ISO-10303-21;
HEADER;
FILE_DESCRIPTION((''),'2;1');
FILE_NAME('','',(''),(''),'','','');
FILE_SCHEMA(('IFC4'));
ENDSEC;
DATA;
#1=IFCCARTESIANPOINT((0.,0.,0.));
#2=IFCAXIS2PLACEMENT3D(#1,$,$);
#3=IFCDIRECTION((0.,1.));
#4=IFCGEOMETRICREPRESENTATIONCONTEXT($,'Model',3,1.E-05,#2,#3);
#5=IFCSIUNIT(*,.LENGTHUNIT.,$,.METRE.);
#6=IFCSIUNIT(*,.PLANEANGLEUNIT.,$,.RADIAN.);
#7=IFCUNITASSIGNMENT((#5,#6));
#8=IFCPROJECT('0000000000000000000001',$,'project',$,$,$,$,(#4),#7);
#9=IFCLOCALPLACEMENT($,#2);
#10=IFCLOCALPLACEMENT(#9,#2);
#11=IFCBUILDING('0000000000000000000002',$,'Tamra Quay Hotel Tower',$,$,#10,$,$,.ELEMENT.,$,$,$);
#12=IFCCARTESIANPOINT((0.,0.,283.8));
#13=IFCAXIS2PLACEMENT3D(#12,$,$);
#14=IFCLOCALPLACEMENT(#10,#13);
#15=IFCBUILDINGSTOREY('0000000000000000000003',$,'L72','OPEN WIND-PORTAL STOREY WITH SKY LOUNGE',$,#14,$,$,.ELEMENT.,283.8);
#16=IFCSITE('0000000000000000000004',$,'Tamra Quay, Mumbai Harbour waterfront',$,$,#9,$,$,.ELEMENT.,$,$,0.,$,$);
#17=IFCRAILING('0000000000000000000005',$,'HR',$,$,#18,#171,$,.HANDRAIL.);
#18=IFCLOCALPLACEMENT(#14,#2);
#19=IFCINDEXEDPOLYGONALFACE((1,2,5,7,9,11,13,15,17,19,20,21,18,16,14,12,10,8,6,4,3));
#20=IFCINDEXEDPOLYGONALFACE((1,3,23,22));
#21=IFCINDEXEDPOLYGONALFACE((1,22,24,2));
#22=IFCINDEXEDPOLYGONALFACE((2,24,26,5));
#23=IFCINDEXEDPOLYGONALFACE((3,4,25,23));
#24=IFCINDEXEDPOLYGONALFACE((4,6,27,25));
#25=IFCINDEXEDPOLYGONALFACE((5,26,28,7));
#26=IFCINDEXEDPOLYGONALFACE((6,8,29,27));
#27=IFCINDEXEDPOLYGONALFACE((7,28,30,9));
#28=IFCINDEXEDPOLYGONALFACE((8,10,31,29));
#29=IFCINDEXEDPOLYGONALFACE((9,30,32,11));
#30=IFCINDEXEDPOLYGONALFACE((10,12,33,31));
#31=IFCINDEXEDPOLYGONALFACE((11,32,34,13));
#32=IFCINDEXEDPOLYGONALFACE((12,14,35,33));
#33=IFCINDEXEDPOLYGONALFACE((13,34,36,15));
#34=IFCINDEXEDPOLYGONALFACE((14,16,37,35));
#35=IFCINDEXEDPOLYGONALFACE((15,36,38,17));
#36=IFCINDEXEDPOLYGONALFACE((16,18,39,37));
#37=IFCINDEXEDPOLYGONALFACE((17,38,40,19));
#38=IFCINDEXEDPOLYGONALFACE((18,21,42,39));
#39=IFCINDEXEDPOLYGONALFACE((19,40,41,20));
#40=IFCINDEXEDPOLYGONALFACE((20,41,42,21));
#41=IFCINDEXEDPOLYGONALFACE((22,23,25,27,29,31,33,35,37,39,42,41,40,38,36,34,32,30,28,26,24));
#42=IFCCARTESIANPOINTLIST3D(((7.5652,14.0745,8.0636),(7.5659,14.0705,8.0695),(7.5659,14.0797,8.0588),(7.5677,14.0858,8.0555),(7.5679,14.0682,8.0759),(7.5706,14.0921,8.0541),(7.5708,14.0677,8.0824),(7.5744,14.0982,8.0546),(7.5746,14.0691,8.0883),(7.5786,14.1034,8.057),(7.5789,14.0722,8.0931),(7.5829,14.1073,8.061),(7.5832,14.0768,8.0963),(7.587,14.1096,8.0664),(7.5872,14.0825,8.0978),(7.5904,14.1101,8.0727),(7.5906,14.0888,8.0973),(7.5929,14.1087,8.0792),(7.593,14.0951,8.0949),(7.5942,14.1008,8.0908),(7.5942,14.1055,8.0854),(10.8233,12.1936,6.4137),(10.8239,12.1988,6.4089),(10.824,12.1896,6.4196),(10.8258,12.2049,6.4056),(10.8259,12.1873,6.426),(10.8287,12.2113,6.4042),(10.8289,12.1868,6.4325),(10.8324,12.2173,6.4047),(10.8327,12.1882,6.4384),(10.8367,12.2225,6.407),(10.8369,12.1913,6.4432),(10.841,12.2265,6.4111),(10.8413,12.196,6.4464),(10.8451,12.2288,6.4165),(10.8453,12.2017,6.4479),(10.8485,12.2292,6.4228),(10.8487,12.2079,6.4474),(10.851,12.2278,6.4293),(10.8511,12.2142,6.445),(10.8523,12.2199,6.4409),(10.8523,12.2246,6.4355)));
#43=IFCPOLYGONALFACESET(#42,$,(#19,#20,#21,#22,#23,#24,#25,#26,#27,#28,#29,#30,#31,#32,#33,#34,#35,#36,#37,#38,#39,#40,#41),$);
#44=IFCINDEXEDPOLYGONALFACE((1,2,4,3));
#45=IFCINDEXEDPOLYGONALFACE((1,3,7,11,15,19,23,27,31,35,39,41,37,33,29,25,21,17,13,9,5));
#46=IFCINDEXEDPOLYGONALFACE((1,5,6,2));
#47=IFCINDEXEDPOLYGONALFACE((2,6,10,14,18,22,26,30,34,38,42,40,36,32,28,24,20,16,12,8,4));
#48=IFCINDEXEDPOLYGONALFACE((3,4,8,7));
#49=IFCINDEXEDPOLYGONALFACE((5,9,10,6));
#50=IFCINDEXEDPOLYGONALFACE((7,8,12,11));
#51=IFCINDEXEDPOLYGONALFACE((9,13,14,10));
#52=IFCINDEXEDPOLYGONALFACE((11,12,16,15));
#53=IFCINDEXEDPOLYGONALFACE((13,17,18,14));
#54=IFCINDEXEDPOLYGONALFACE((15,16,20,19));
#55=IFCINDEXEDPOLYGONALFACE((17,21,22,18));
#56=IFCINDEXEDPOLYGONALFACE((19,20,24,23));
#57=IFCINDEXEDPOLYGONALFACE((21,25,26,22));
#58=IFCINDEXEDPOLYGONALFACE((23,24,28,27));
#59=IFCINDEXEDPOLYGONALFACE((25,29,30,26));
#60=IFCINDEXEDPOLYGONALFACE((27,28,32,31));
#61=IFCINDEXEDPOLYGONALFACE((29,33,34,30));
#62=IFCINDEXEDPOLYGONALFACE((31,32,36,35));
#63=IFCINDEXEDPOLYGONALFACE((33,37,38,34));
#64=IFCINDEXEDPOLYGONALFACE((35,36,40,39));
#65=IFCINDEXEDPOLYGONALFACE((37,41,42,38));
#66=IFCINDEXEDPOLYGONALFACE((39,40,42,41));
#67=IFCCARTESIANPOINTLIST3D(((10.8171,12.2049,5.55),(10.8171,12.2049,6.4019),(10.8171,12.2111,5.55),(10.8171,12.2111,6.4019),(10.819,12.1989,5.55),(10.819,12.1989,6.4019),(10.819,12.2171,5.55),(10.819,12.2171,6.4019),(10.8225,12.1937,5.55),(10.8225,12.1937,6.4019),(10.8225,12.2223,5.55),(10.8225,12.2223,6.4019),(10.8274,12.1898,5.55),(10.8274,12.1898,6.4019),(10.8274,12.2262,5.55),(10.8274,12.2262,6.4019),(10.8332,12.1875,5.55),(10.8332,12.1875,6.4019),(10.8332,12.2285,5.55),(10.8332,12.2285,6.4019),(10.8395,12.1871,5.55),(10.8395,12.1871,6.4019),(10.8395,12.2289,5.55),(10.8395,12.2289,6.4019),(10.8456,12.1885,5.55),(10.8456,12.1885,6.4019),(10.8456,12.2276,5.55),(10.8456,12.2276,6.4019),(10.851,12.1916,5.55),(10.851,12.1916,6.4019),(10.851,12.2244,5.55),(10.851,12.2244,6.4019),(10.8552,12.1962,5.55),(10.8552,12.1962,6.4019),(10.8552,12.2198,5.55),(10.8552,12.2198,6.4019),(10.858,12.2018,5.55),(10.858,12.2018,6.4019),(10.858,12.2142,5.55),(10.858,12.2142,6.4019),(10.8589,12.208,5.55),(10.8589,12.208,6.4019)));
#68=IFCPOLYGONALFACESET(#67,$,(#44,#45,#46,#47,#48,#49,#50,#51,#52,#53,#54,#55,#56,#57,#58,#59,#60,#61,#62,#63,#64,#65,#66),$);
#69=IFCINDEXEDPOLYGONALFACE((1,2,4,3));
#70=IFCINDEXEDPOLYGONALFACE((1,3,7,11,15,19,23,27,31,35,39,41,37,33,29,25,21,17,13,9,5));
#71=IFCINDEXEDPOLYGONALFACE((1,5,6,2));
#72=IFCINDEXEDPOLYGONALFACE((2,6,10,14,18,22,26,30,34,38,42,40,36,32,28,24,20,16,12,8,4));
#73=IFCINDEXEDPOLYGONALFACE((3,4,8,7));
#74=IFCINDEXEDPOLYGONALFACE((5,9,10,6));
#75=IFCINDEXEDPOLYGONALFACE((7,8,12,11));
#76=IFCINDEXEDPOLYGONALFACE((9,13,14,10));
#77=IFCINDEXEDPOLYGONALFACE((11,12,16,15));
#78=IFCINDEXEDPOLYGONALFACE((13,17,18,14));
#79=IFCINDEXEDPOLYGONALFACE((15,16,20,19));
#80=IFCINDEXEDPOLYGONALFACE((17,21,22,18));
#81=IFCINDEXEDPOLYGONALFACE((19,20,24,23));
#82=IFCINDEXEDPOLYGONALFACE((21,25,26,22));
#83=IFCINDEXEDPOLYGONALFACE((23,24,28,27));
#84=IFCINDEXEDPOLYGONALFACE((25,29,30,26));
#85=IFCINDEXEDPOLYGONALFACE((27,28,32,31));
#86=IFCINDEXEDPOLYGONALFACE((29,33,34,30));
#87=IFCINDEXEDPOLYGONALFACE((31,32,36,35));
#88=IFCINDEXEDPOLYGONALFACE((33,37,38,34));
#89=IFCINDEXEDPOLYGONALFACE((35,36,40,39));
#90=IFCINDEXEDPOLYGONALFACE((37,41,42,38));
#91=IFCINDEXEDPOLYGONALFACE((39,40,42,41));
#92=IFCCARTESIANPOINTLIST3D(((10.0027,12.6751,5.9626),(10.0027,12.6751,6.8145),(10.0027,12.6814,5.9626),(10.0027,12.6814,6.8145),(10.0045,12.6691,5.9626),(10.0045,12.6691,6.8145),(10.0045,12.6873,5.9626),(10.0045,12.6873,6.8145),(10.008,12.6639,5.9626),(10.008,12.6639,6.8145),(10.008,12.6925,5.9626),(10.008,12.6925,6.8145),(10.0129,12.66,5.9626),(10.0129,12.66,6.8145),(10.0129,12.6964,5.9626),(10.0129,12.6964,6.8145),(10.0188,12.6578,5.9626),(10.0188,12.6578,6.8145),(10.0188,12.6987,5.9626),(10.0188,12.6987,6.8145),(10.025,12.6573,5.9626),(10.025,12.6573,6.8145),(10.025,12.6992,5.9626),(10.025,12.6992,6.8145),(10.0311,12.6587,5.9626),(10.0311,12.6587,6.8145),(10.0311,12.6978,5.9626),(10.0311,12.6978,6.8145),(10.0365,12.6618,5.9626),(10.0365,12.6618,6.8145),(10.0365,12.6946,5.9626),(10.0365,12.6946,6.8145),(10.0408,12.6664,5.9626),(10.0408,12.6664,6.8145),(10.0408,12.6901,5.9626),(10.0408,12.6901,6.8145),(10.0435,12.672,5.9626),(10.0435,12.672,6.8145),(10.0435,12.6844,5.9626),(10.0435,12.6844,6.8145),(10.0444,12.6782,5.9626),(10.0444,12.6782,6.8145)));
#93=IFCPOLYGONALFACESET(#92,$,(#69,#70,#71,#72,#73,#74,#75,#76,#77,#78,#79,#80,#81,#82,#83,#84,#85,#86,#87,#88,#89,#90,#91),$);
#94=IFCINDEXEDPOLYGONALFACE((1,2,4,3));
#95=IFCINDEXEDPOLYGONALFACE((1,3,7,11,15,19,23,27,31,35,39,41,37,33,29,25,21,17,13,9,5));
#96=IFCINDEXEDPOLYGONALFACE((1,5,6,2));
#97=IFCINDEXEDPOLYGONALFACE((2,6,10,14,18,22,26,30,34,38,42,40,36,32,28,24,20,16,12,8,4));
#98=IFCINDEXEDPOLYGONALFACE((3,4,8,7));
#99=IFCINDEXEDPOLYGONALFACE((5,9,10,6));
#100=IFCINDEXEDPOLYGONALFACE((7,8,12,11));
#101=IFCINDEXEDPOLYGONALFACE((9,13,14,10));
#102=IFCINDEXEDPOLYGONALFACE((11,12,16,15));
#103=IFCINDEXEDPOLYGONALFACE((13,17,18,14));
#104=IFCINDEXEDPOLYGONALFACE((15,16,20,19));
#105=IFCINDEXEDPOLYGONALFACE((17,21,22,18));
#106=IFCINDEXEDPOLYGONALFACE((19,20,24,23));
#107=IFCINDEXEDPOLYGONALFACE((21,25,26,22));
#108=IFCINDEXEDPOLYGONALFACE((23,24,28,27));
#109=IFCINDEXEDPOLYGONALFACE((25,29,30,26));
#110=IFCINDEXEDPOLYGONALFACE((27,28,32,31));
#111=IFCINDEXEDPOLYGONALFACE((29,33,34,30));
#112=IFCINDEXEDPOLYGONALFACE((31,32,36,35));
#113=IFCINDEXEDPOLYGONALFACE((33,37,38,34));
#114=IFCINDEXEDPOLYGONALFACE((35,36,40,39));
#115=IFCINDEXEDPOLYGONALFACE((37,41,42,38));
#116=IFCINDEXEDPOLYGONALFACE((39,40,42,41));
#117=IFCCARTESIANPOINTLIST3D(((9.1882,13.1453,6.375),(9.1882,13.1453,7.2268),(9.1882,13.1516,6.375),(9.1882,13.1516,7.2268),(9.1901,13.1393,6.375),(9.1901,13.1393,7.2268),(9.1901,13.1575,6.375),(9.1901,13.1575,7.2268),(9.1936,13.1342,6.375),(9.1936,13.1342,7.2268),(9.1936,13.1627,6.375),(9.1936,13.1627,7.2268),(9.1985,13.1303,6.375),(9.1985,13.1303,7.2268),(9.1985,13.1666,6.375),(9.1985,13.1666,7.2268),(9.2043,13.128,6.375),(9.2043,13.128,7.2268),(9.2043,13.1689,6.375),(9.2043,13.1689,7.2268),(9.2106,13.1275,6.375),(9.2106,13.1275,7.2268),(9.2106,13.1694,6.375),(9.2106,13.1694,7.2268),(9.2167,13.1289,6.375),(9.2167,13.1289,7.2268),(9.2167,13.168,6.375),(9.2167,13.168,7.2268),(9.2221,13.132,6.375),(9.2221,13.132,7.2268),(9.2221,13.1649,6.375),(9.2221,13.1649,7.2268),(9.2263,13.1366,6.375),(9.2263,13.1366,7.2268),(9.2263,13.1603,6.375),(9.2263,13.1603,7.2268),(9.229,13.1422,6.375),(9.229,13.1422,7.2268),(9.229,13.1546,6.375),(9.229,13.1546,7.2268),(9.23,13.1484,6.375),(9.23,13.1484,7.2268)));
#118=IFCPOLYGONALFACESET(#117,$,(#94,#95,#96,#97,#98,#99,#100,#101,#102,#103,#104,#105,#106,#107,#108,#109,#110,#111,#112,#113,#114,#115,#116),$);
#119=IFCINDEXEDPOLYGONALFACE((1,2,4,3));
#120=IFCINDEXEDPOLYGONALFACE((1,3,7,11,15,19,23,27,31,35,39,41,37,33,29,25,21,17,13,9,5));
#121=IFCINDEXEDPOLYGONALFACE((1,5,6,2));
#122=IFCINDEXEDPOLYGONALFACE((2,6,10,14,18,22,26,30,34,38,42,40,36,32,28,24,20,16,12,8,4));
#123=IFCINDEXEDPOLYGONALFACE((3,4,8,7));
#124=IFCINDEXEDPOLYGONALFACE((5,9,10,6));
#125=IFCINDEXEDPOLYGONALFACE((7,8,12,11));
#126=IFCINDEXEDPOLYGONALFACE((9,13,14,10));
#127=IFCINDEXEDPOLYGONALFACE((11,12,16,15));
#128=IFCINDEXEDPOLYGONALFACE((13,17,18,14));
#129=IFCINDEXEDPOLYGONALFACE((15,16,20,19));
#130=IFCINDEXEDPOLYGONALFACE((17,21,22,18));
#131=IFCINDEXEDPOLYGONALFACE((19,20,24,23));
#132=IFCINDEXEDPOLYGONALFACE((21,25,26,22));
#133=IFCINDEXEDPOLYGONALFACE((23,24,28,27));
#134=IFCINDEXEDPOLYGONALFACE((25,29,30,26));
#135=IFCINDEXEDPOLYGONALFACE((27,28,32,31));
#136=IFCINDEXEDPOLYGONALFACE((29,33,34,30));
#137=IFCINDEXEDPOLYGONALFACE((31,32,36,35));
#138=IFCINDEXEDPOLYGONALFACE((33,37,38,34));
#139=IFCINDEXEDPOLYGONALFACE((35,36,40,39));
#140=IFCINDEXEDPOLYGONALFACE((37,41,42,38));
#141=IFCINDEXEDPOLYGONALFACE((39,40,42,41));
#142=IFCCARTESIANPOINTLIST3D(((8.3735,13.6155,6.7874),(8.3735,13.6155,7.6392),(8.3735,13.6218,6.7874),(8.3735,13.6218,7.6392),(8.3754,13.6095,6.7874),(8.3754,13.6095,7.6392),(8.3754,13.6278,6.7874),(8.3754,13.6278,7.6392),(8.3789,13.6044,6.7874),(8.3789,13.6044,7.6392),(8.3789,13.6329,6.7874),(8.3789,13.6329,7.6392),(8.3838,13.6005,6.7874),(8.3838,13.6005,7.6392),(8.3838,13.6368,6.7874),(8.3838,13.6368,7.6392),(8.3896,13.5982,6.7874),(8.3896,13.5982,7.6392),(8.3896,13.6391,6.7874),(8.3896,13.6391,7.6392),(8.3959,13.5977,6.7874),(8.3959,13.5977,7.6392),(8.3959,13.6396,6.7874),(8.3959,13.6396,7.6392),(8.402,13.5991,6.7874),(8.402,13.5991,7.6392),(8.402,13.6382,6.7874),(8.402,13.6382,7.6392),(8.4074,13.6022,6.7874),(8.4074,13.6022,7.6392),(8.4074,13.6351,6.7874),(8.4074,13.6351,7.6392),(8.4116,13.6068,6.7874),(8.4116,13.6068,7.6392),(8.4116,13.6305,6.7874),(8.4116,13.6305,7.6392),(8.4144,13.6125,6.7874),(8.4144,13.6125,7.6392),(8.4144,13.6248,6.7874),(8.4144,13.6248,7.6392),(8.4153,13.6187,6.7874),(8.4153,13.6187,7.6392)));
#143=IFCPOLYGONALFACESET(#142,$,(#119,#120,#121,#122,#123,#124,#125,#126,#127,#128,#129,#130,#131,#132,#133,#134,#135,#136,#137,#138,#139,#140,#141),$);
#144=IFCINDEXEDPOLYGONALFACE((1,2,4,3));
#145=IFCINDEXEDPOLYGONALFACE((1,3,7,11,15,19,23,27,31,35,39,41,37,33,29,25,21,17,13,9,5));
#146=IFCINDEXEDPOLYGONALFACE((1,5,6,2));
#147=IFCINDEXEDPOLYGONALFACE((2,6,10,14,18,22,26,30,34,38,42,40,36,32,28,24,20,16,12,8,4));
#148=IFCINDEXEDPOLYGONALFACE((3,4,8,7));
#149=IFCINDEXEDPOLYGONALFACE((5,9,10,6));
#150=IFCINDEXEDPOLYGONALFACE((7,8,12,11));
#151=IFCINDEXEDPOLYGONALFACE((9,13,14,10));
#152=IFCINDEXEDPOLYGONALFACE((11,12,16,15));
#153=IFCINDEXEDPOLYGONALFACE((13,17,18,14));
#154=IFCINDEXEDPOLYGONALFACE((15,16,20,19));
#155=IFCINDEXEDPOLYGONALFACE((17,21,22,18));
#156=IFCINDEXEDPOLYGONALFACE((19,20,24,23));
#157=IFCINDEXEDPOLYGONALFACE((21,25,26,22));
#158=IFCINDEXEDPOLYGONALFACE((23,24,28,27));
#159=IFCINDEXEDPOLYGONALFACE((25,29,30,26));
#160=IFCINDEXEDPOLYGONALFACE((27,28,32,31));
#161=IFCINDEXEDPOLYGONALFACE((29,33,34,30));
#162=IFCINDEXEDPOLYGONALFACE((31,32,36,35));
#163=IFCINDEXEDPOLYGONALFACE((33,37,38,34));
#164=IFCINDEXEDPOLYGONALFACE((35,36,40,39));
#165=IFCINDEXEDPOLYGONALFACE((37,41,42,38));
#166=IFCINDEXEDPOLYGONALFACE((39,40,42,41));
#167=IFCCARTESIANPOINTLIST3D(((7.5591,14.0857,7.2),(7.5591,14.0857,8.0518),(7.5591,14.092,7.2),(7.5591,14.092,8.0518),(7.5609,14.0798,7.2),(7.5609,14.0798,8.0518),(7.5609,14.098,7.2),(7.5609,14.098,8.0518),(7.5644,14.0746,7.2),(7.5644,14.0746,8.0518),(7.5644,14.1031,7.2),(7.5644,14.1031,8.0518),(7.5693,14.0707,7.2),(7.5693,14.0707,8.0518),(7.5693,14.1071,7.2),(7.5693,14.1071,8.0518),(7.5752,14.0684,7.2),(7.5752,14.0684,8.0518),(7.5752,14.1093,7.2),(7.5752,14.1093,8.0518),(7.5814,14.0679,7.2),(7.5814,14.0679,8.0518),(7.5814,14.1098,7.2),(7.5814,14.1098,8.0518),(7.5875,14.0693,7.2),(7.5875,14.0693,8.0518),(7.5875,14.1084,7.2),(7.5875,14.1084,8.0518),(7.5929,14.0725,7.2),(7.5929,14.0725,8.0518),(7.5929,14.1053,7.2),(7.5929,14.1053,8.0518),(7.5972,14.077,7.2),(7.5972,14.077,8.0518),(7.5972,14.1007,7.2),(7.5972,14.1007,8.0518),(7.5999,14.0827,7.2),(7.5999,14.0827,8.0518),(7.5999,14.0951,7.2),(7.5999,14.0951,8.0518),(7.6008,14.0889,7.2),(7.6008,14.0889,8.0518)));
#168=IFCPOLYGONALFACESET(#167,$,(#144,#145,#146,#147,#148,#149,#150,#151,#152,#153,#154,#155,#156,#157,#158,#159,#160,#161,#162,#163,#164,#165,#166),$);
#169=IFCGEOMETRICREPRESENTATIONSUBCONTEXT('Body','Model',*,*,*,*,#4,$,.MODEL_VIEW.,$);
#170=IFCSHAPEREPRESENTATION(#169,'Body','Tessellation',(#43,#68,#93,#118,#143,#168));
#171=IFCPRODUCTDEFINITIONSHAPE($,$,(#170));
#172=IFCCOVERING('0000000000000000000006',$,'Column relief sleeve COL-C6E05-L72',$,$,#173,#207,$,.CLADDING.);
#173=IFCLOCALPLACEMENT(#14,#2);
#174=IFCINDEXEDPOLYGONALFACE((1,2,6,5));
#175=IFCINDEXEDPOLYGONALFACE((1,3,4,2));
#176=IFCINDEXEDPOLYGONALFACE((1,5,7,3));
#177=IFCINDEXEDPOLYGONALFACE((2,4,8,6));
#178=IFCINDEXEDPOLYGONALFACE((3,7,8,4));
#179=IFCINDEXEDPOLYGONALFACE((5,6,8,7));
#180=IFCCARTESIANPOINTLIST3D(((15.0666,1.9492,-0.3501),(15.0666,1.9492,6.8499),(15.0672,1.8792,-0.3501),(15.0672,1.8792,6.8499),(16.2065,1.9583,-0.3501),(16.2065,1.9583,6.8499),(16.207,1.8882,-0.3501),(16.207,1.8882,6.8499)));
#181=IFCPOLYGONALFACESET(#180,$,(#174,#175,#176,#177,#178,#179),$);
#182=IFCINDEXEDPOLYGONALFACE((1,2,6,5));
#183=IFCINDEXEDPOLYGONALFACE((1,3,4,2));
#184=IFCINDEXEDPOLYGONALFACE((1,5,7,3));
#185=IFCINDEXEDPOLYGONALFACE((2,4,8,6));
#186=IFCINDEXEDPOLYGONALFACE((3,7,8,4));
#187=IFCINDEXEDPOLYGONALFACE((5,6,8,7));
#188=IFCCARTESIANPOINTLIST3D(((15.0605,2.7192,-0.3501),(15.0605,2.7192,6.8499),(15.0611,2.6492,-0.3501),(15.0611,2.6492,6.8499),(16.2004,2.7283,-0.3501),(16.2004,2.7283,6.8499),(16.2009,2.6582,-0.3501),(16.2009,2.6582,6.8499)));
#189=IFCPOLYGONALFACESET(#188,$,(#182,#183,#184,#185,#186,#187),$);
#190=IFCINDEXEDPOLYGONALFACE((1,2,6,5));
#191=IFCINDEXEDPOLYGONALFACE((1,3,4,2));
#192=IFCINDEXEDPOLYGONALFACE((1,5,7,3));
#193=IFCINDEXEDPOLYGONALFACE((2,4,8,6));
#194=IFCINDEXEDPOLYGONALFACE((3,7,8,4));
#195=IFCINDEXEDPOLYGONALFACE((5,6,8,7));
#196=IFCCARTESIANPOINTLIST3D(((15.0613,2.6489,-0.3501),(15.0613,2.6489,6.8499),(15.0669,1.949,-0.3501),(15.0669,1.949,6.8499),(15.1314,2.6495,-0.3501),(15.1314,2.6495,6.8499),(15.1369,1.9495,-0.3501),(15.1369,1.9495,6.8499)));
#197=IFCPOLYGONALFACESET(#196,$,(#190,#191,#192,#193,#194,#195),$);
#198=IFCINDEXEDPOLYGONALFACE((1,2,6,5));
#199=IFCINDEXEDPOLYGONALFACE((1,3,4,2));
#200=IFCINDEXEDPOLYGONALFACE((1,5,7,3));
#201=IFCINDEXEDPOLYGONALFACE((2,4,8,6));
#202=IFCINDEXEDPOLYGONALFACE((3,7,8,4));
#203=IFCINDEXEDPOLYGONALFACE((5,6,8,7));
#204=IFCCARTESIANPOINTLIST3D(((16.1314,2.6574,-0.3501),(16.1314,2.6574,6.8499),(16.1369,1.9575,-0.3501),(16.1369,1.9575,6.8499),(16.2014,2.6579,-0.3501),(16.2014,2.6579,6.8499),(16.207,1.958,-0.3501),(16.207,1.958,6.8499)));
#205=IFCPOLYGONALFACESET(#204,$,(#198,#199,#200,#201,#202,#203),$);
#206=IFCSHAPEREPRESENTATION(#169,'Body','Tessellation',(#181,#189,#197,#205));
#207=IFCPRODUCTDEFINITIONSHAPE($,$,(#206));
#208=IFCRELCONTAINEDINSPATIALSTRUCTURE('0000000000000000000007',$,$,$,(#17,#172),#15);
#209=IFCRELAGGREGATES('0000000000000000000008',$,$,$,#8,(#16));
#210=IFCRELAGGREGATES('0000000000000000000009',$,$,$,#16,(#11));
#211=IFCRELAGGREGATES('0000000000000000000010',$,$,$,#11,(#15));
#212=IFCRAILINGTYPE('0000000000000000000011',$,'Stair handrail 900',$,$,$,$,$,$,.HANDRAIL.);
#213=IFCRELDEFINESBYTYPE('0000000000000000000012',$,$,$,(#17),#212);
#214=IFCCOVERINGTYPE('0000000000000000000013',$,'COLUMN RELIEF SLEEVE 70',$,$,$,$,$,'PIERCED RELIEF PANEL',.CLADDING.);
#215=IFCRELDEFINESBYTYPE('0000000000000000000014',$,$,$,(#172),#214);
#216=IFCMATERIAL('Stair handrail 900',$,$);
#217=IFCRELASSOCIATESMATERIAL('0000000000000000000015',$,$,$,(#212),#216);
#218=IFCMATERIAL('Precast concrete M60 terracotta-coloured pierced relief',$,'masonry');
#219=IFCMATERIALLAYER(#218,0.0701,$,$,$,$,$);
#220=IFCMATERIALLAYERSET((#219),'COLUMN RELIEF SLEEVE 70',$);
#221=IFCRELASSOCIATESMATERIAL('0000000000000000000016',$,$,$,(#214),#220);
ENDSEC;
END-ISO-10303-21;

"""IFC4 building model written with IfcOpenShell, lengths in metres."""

from ifc_helpers import new_model, si_unit, direction, frame, frame_2d, origin, origin_2d, place, context, subcontext, project, spatial, rectangle, circle, extrude, source, transform, mapped, material, layer, layer_set, type_object, element, save


model = new_model("IFC4")

# Units and contexts
model_context = context("Model", 3, precision=1e-05, world=origin(), true_north=direction((0.0, 1.0)))
body_context = subcontext(model_context, "Body", "Model", "MODEL_VIEW")
ifc_project = project(units=[si_unit("LENGTHUNIT", "METRE"), si_unit("PLANEANGLEUNIT", "RADIAN")], contexts=[model_context])

# Site, building, storey
site_placement = place(None, origin())
site = spatial("IfcSite", under=ifc_project, at=site_placement, Name="Tamra Quay, Mumbai Harbour waterfront", CompositionType="ELEMENT", RefElevation=0.0)
building_placement = place(site_placement, origin())
building = spatial("IfcBuilding", under=site, at=building_placement, Name="Tamra Quay Hotel Tower", CompositionType="ELEMENT")
storey_placement = place(building_placement, frame((0.0, 0.0, 283.8)))
storey = spatial("IfcBuildingStorey", under=building, at=storey_placement, Name="L72", Description="OPEN WIND-PORTAL STOREY WITH SKY LOUNGE", CompositionType="ELEMENT", Elevation=283.8)

# Railing
ifc_material_1 = material(Name="Stair handrail 900")
railing_type_1 = type_object("IfcRailingType", Name="Stair handrail 900", PredefinedType="HANDRAIL", material=ifc_material_1)
railing_1_placement = place(storey_placement, frame((10.8379, 12.208, 5.55)))
element("IfcRailing", 1, at=railing_1_placement, inside=storey, type_object=railing_type_1, Name="HR", PredefinedType="HANDRAIL", context=body_context, shape_type="SweptSolid", body=[
    extrude(circle(Radius=0.0239, at=origin_2d()), frame((0.0, 0.0, 0.876), z_axis=(-0.793122, 0.457865, 0.401642), x_axis=(-0.499964, -0.866046, 0.0)), (0.0, 0.0, 1.0), 4.1079),
    extrude(circle(Radius=0.021, at=origin_2d()), origin(), (0.0, 0.0, 1.0), 0.8518),
    extrude(circle(Radius=0.021, at=origin_2d()), frame((-0.8145, 0.4702, 0.4126)), (0.0, 0.0, 1.0), 0.8518),
    extrude(circle(Radius=0.021, at=origin_2d()), frame((-1.6289, 0.9404, 0.825)), (0.0, 0.0, 1.0), 0.8518),
    extrude(circle(Radius=0.021, at=origin_2d()), frame((-2.4436, 1.4106, 1.2373)), (0.0, 0.0, 1.0), 0.8518),
    extrude(circle(Radius=0.021, at=origin_2d()), frame((-3.2581, 1.8809, 1.6499)), (0.0, 0.0, 1.0), 0.8518),
])

# Covering
ifc_material_2 = material(Name="Precast concrete M60 terracotta-coloured pierced relief", Category="masonry")
ifc_layer_1 = layer(ifc_material_2, 0.0701)
ifc_layer_set_1 = layer_set([ifc_layer_1], Name="COLUMN RELIEF SLEEVE 70")
covering_type = type_object("IfcCoveringType", Name="COLUMN RELIEF SLEEVE 70", ElementType="PIERCED RELIEF PANEL", PredefinedType="CLADDING", material=ifc_layer_set_1)
shared_shape = source(origin(), body_context, "Body", "SweptSolid", [
    extrude(rectangle(XDim=1.1399, YDim=0.0701, at=frame_2d((0.5698, 0.0352))), frame((-0.5701, -0.4199, 0.0)), (0.0, 0.0, 1.0), 7.2),
    extrude(rectangle(XDim=1.1399, YDim=0.0701, at=frame_2d((0.5698, 0.0352))), frame((-0.5701, 0.3501, 0.0)), (0.0, 0.0, 1.0), 7.2),
    extrude(rectangle(XDim=0.0701, YDim=0.7, at=frame_2d((0.0352, 0.3501))), frame((-0.5701, -0.3501, 0.0)), (0.0, 0.0, 1.0), 7.2),
    extrude(rectangle(XDim=0.0701, YDim=0.7, at=frame_2d((0.0352, 0.3501))), frame((0.5, -0.3501, 0.0)), (0.0, 0.0, 1.0), 7.2),
])
for number, where, z_axis, x_axis, name in (
    (2, (15.634, 2.3035, -0.3501), (0.0, 0.0, 1.0), (0.999969, 0.00792, 0.0), "Column relief sleeve COL-C6E05-L72"),
):
    element("IfcCovering", number, at=place(storey_placement, frame(where, z_axis=z_axis, x_axis=x_axis)), inside=storey, type_object=covering_type, Name=name, PredefinedType="CLADDING", context=body_context, shape_type="MappedRepresentation", body=[
        mapped(shared_shape, transform((0.0, 0.0, 0.0), scale=1.0)),
    ])

save(model, "model.ifc")
